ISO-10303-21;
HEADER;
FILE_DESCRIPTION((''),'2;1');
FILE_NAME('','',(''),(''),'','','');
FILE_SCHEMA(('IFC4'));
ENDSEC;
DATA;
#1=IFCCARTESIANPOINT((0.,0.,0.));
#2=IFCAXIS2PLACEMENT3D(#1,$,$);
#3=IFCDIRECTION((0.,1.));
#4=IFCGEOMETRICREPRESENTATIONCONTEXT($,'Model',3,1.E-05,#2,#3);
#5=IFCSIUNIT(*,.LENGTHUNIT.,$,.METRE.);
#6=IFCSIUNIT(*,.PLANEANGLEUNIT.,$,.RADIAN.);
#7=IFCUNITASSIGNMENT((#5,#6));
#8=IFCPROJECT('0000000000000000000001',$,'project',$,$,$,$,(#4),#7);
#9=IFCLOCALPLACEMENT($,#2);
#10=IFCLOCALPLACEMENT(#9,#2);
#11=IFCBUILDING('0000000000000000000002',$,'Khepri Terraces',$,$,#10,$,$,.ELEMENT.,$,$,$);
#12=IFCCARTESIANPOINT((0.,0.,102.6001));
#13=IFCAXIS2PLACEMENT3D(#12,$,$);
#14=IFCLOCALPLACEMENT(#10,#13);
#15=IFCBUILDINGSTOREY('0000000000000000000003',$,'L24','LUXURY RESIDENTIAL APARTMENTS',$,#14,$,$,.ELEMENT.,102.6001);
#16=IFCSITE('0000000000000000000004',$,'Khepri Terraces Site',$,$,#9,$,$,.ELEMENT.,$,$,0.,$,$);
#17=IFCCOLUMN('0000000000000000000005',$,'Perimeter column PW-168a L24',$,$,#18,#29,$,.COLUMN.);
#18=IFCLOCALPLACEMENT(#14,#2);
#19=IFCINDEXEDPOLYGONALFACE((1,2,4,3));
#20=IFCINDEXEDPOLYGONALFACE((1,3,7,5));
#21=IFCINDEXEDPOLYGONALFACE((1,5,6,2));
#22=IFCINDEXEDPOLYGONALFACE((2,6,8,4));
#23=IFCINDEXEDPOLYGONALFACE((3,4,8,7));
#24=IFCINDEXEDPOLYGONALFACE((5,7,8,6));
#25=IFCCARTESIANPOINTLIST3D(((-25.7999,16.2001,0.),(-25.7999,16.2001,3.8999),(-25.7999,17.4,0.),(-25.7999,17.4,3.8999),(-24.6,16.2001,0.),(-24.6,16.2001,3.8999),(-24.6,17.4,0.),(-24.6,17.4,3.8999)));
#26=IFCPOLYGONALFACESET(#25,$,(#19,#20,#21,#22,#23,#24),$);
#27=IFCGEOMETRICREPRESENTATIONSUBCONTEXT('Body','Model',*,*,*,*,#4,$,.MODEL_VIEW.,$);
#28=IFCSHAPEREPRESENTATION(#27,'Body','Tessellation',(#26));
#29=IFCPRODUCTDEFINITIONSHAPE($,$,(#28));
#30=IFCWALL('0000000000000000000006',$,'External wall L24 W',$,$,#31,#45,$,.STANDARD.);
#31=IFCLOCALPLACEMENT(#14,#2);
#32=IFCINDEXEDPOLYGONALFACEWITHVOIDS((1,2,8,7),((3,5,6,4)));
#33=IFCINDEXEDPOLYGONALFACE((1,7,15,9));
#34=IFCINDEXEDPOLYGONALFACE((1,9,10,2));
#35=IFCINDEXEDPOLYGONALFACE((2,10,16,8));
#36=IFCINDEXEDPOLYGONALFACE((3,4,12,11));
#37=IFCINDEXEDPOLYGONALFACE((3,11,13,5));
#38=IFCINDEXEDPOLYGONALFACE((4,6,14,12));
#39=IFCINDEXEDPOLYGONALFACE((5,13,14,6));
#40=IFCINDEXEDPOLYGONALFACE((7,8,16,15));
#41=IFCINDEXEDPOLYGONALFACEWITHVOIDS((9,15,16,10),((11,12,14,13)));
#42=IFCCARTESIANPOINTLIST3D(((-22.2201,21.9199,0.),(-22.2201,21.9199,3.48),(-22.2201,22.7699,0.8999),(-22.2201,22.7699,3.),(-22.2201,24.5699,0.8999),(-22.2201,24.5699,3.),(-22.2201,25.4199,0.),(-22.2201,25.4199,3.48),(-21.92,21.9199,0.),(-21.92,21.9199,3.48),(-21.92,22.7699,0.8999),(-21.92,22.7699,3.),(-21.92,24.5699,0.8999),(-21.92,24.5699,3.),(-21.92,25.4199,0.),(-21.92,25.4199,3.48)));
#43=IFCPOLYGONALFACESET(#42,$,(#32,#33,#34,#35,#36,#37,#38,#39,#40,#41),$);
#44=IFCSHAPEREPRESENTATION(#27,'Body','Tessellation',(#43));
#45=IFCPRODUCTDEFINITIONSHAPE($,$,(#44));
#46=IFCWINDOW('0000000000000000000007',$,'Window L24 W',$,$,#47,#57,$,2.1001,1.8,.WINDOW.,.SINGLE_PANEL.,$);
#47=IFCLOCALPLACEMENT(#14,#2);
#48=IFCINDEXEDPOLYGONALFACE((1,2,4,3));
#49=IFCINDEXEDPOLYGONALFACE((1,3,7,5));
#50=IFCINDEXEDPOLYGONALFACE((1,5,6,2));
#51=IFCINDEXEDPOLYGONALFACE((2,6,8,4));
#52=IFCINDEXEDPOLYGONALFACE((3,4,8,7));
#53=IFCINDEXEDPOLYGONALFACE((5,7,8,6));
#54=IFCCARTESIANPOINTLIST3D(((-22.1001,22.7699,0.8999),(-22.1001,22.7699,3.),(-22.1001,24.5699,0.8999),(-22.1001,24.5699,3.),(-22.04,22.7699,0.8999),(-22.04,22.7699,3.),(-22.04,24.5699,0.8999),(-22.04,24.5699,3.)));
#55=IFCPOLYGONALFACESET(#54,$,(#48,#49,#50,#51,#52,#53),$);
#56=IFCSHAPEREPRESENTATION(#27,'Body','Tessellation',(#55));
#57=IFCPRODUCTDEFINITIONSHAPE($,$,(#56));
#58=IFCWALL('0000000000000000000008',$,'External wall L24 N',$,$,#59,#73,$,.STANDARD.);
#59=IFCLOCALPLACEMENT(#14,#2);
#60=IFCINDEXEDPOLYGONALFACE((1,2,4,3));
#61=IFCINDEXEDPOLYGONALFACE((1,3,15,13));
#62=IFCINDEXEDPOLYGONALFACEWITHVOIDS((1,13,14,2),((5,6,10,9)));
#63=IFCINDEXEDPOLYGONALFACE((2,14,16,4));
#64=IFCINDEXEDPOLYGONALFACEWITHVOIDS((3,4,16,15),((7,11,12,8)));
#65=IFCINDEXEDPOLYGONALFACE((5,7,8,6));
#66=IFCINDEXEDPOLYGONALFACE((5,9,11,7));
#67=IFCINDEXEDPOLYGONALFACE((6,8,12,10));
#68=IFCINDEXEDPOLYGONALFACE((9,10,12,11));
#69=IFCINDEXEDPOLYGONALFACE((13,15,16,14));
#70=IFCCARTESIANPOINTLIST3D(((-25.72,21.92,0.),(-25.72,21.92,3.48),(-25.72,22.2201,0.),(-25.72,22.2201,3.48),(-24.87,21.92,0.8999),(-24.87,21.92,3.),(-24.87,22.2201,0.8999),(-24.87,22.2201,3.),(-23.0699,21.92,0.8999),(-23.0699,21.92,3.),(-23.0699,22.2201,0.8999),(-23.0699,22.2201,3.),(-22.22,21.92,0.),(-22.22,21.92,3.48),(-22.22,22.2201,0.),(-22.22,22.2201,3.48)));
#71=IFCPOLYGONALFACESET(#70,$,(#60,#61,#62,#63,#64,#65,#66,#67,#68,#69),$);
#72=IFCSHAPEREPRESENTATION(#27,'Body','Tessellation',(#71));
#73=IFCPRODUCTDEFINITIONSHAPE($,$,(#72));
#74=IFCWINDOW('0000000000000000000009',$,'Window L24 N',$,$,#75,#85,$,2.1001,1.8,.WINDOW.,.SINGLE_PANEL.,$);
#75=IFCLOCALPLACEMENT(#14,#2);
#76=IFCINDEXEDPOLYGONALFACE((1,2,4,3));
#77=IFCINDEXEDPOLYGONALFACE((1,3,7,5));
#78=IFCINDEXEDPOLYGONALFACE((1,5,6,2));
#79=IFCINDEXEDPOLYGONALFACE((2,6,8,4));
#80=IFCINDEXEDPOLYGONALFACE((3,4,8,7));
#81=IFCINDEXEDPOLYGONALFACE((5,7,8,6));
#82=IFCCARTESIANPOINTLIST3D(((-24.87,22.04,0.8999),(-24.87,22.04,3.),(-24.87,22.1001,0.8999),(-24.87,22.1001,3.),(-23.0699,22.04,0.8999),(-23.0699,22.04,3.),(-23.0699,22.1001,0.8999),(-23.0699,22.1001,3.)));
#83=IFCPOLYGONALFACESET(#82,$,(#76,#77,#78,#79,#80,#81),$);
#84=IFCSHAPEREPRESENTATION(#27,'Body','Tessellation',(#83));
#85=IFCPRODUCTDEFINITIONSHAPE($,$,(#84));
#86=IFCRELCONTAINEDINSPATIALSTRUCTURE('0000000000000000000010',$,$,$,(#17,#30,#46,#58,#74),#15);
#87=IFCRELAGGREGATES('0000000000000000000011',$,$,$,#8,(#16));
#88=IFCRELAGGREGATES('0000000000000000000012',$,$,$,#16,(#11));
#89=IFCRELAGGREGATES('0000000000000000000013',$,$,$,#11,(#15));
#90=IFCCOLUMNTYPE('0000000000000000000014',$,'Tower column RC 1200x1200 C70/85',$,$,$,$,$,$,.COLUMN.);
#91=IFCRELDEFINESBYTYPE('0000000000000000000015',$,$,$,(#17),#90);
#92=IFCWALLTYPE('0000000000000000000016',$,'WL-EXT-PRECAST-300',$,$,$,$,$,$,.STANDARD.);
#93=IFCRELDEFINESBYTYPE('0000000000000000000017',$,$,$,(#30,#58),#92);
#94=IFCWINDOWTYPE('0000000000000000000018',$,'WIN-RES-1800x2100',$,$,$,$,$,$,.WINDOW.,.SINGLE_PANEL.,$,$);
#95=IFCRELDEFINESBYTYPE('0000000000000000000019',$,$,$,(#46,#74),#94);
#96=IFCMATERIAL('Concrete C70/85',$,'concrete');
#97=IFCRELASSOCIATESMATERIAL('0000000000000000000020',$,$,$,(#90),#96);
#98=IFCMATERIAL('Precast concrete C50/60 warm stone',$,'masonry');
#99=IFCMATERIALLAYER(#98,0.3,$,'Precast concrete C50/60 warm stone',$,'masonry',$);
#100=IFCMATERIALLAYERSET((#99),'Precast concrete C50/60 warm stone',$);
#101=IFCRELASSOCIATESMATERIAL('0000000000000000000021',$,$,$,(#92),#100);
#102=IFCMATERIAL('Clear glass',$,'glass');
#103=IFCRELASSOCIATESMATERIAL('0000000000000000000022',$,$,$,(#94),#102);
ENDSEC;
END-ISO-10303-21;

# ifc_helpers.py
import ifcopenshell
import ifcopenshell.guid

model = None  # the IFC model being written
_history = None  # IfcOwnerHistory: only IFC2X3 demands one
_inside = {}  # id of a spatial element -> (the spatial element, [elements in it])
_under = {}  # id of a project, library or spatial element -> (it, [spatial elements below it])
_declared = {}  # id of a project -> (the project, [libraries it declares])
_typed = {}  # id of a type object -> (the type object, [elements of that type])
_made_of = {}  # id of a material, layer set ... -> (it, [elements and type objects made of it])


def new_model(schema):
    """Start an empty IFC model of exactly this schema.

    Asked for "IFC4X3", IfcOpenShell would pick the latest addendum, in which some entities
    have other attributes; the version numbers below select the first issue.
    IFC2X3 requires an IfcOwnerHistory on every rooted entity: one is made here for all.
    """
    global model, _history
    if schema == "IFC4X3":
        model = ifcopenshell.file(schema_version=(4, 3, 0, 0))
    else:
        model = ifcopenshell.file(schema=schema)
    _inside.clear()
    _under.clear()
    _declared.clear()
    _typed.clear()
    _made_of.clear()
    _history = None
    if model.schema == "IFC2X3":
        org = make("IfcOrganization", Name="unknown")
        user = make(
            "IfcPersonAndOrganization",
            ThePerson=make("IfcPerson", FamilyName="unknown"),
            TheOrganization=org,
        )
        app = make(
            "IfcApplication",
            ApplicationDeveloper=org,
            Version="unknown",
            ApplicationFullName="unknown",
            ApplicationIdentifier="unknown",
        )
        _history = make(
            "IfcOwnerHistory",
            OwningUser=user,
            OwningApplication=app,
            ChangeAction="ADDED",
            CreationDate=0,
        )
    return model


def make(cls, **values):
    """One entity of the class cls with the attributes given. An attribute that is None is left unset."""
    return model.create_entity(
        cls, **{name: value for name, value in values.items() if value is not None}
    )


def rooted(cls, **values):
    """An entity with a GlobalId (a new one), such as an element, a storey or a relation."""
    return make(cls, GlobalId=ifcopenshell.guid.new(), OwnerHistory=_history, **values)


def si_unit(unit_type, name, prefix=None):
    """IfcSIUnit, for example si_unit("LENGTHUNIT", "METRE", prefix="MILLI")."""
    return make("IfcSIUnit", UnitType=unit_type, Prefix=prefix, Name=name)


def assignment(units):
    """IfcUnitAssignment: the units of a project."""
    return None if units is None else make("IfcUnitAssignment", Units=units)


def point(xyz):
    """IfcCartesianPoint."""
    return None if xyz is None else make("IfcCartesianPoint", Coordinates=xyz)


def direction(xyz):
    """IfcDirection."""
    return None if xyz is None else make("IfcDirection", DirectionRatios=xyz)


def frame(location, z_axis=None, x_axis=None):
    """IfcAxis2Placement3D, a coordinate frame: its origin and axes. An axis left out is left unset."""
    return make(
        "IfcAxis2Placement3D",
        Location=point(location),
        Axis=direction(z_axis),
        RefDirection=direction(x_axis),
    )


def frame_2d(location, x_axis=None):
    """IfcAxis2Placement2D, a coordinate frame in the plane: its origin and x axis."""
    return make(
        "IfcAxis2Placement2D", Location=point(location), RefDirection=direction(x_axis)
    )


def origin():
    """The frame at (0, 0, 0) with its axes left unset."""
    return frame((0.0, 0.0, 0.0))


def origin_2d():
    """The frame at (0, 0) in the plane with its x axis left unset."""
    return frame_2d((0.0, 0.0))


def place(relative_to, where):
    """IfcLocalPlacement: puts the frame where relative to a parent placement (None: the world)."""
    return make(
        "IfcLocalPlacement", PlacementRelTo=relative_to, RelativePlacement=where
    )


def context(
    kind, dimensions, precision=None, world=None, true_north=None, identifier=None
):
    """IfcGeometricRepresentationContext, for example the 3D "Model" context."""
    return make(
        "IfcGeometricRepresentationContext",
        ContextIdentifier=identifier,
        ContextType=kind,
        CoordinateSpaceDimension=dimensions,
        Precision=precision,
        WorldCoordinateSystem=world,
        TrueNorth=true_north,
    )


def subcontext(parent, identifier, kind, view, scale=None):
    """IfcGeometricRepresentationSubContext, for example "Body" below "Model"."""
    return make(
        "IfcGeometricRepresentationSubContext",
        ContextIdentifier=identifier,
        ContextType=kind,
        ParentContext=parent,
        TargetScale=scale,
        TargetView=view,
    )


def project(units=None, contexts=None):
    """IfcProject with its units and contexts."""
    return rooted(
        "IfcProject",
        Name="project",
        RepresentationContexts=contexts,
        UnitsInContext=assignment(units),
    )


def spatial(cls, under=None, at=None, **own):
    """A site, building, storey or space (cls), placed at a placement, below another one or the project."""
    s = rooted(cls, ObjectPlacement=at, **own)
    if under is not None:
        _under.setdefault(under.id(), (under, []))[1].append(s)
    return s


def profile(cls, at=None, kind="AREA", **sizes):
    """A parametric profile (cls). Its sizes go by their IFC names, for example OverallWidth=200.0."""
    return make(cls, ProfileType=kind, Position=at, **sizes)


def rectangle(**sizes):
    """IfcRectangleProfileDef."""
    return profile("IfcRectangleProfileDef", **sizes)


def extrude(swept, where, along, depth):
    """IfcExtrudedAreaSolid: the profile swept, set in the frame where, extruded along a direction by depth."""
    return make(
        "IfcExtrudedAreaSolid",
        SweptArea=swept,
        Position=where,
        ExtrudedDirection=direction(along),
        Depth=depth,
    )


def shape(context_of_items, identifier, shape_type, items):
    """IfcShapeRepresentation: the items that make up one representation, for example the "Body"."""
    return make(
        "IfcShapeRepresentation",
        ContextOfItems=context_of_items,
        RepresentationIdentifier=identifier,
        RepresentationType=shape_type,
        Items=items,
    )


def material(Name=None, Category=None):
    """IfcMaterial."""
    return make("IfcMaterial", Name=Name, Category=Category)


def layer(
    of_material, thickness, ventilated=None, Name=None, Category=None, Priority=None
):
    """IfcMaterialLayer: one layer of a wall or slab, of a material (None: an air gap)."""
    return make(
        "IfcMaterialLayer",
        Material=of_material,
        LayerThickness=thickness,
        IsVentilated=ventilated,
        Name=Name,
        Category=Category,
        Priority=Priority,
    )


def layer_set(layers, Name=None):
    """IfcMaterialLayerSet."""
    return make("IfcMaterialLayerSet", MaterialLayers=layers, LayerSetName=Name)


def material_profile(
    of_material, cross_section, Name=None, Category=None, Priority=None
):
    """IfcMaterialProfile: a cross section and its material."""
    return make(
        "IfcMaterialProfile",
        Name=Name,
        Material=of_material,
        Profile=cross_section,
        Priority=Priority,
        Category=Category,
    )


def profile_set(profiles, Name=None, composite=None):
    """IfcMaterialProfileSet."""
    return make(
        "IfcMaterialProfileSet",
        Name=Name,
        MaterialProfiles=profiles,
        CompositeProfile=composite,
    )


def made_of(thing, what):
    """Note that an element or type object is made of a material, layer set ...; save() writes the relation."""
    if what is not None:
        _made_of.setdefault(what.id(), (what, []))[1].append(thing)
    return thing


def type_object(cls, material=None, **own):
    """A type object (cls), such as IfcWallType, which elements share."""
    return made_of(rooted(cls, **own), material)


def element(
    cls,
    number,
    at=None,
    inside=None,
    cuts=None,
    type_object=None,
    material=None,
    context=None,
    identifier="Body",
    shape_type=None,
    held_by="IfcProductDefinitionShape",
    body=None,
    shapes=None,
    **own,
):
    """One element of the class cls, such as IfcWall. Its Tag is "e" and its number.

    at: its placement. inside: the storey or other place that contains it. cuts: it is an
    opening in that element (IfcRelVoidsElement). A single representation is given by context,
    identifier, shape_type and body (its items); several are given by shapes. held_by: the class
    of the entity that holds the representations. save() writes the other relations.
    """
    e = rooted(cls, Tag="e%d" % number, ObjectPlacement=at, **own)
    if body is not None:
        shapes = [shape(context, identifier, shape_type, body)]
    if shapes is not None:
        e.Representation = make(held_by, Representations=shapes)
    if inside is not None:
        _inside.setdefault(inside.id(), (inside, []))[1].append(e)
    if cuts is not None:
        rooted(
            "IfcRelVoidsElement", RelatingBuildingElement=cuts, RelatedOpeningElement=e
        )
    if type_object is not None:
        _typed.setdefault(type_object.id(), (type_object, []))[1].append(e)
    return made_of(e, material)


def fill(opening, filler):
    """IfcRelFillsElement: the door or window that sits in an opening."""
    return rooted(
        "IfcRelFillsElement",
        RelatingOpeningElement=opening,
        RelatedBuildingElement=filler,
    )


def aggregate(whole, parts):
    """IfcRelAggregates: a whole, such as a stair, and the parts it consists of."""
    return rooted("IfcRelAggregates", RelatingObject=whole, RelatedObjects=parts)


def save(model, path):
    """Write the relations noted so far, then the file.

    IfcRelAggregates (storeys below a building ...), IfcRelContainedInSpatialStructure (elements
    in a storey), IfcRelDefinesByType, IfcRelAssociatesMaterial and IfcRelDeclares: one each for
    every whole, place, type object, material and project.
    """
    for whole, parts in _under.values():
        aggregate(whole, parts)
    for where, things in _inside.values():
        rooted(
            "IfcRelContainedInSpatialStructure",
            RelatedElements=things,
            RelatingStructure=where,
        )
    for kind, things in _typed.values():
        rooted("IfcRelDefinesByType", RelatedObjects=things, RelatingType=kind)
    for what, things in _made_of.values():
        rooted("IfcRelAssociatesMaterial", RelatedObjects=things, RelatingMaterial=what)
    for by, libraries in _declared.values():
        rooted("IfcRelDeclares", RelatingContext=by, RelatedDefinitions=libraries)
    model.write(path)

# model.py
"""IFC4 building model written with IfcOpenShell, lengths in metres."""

from ifc_helpers import new_model, si_unit, direction, frame, frame_2d, origin, origin_2d, place, context, subcontext, project, spatial, rectangle, extrude, material, layer, layer_set, material_profile, profile_set, type_object, element, fill, save


model = new_model("IFC4")

# Units and contexts
model_context = context("Model", 3, precision=1e-05, world=origin(), true_north=direction((0.0, 1.0)))
body_context = subcontext(model_context, "Body", "Model", "MODEL_VIEW")
ifc_project = project(units=[si_unit("LENGTHUNIT", "METRE"), si_unit("PLANEANGLEUNIT", "RADIAN")], contexts=[model_context])

# Site, building, storey
site_placement = place(None, origin())
site = spatial("IfcSite", under=ifc_project, at=site_placement, Name="Khepri Terraces Site", CompositionType="ELEMENT", RefElevation=0.0)
building_placement = place(site_placement, origin())
building = spatial("IfcBuilding", under=site, at=building_placement, Name="Khepri Terraces", CompositionType="ELEMENT")
storey_placement = place(building_placement, frame((0.0, 0.0, 102.6001)))
storey = spatial("IfcBuildingStorey", under=building, at=storey_placement, Name="L24", Description="LUXURY RESIDENTIAL APARTMENTS", CompositionType="ELEMENT", Elevation=102.6001)

# Column
ifc_material_1 = material(Name="Concrete C70/85", Category="concrete")
ifc_material_profile = material_profile(ifc_material_1, rectangle(XDim=1.2, YDim=1.2, at=origin_2d()), Name="Concrete C70/85", Category="concrete")
ifc_profile_set = profile_set([ifc_material_profile], Name="Concrete C70/85")
column_type = type_object("IfcColumnType", Name="Tower column RC 1200x1200 C70/85", PredefinedType="COLUMN", material=ifc_profile_set)
column_placement = place(storey_placement, frame((-25.2, 16.8, 0.0), z_axis=(0.0, 0.0, 1.0), x_axis=(1.0, 0.0, 0.0)))
element("IfcColumn", 1, at=column_placement, inside=storey, type_object=column_type, Name="Perimeter column PW-168a L24", PredefinedType="COLUMN", context=body_context, shape_type="SweptSolid", body=[
    extrude(rectangle(XDim=1.2, YDim=1.2, at=origin_2d()), origin(), (0.0, 0.0, 1.0), 3.8999),
])

# Walls, openings, windows
ifc_material_2 = material(Name="Precast concrete C50/60 warm stone", Category="masonry")
ifc_layer = layer(ifc_material_2, 0.3, Name="Precast concrete C50/60 warm stone", Category="masonry")
ifc_layer_set = layer_set([ifc_layer], Name="Precast concrete C50/60 warm stone")
wall_type = type_object("IfcWallType", Name="WL-EXT-PRECAST-300", PredefinedType="STANDARD", material=ifc_layer_set)
wall_1_placement = place(storey_placement, frame((-22.0701, 25.4199, 0.0), z_axis=(0.0, 0.0, 1.0), x_axis=(0.0, -1.0, 0.0)))
wall_1 = element("IfcWall", 2, at=wall_1_placement, inside=storey, type_object=wall_type, Name="External wall L24 W", PredefinedType="STANDARD", context=body_context, shape_type="SweptSolid", body=[
    extrude(rectangle(XDim=3.5, YDim=0.3, at=frame_2d((1.75, 0.0))), origin(), (0.0, 0.0, 1.0), 3.48),
])
opening_1_placement = place(wall_1_placement, frame((0.8501, 0.0, 0.8999)))
opening_1 = element("IfcOpeningElement", 3, at=opening_1_placement, cuts=wall_1, PredefinedType="OPENING", context=body_context, shape_type="SweptSolid", body=[
    extrude(rectangle(XDim=1.8, YDim=2.1001, at=frame_2d((0.8999, 1.05))), frame((0.0, 0.1602, 0.0), z_axis=(0.0, -1.0, 0.0), x_axis=(1.0, 0.0, 0.0)), (0.0, 0.0, 1.0), 0.3201),
])
ifc_material_3 = material(Name="Clear glass", Category="glass")
window_type = type_object("IfcWindowType", Name="WIN-RES-1800x2100", PartitioningType="SINGLE_PANEL", PredefinedType="WINDOW", material=ifc_material_3)
window_1_placement = place(opening_1_placement, origin())
window_1 = element("IfcWindow", 4, at=window_1_placement, inside=storey, type_object=window_type, Name="Window L24 W", OverallHeight=2.1001, OverallWidth=1.8, PartitioningType="SINGLE_PANEL", PredefinedType="WINDOW", context=body_context, shape_type="SweptSolid", body=[
    extrude(rectangle(XDim=1.8, YDim=2.1001, at=frame_2d((0.8999, 1.05))), frame((0.0, 0.03, 0.0), z_axis=(0.0, -1.0, 0.0), x_axis=(1.0, 0.0, 0.0)), (0.0, 0.0, 1.0), 0.0601),
])
fill(opening_1, window_1)
wall_2_placement = place(storey_placement, frame((-22.22, 22.0701, 0.0), z_axis=(0.0, 0.0, 1.0), x_axis=(-1.0, 0.0, 0.0)))
wall_2 = element("IfcWall", 5, at=wall_2_placement, inside=storey, type_object=wall_type, Name="External wall L24 N", PredefinedType="STANDARD", context=body_context, shape_type="SweptSolid", body=[
    extrude(rectangle(XDim=3.5, YDim=0.3, at=frame_2d((1.75, 0.0))), origin(), (0.0, 0.0, 1.0), 3.48),
])
opening_2_placement = place(wall_2_placement, frame((0.8501, 0.0, 0.8999)))
opening_2 = element("IfcOpeningElement", 6, at=opening_2_placement, cuts=wall_2, PredefinedType="OPENING", context=body_context, shape_type="SweptSolid", body=[
    extrude(rectangle(XDim=1.8, YDim=2.1001, at=frame_2d((0.8999, 1.05))), frame((0.0, 0.1602, 0.0), z_axis=(0.0, -1.0, 0.0), x_axis=(1.0, 0.0, 0.0)), (0.0, 0.0, 1.0), 0.3201),
])
window_2_placement = place(opening_2_placement, origin())
window_2 = element("IfcWindow", 7, at=window_2_placement, inside=storey, type_object=window_type, Name="Window L24 N", OverallHeight=2.1001, OverallWidth=1.8, PartitioningType="SINGLE_PANEL", PredefinedType="WINDOW", context=body_context, shape_type="SweptSolid", body=[
    extrude(rectangle(XDim=1.8, YDim=2.1001, at=frame_2d((0.8999, 1.05))), frame((0.0, 0.03, 0.0), z_axis=(0.0, -1.0, 0.0), x_axis=(1.0, 0.0, 0.0)), (0.0, 0.0, 1.0), 0.0601),
])
fill(opening_2, window_2)

save(model, "model.ifc")
